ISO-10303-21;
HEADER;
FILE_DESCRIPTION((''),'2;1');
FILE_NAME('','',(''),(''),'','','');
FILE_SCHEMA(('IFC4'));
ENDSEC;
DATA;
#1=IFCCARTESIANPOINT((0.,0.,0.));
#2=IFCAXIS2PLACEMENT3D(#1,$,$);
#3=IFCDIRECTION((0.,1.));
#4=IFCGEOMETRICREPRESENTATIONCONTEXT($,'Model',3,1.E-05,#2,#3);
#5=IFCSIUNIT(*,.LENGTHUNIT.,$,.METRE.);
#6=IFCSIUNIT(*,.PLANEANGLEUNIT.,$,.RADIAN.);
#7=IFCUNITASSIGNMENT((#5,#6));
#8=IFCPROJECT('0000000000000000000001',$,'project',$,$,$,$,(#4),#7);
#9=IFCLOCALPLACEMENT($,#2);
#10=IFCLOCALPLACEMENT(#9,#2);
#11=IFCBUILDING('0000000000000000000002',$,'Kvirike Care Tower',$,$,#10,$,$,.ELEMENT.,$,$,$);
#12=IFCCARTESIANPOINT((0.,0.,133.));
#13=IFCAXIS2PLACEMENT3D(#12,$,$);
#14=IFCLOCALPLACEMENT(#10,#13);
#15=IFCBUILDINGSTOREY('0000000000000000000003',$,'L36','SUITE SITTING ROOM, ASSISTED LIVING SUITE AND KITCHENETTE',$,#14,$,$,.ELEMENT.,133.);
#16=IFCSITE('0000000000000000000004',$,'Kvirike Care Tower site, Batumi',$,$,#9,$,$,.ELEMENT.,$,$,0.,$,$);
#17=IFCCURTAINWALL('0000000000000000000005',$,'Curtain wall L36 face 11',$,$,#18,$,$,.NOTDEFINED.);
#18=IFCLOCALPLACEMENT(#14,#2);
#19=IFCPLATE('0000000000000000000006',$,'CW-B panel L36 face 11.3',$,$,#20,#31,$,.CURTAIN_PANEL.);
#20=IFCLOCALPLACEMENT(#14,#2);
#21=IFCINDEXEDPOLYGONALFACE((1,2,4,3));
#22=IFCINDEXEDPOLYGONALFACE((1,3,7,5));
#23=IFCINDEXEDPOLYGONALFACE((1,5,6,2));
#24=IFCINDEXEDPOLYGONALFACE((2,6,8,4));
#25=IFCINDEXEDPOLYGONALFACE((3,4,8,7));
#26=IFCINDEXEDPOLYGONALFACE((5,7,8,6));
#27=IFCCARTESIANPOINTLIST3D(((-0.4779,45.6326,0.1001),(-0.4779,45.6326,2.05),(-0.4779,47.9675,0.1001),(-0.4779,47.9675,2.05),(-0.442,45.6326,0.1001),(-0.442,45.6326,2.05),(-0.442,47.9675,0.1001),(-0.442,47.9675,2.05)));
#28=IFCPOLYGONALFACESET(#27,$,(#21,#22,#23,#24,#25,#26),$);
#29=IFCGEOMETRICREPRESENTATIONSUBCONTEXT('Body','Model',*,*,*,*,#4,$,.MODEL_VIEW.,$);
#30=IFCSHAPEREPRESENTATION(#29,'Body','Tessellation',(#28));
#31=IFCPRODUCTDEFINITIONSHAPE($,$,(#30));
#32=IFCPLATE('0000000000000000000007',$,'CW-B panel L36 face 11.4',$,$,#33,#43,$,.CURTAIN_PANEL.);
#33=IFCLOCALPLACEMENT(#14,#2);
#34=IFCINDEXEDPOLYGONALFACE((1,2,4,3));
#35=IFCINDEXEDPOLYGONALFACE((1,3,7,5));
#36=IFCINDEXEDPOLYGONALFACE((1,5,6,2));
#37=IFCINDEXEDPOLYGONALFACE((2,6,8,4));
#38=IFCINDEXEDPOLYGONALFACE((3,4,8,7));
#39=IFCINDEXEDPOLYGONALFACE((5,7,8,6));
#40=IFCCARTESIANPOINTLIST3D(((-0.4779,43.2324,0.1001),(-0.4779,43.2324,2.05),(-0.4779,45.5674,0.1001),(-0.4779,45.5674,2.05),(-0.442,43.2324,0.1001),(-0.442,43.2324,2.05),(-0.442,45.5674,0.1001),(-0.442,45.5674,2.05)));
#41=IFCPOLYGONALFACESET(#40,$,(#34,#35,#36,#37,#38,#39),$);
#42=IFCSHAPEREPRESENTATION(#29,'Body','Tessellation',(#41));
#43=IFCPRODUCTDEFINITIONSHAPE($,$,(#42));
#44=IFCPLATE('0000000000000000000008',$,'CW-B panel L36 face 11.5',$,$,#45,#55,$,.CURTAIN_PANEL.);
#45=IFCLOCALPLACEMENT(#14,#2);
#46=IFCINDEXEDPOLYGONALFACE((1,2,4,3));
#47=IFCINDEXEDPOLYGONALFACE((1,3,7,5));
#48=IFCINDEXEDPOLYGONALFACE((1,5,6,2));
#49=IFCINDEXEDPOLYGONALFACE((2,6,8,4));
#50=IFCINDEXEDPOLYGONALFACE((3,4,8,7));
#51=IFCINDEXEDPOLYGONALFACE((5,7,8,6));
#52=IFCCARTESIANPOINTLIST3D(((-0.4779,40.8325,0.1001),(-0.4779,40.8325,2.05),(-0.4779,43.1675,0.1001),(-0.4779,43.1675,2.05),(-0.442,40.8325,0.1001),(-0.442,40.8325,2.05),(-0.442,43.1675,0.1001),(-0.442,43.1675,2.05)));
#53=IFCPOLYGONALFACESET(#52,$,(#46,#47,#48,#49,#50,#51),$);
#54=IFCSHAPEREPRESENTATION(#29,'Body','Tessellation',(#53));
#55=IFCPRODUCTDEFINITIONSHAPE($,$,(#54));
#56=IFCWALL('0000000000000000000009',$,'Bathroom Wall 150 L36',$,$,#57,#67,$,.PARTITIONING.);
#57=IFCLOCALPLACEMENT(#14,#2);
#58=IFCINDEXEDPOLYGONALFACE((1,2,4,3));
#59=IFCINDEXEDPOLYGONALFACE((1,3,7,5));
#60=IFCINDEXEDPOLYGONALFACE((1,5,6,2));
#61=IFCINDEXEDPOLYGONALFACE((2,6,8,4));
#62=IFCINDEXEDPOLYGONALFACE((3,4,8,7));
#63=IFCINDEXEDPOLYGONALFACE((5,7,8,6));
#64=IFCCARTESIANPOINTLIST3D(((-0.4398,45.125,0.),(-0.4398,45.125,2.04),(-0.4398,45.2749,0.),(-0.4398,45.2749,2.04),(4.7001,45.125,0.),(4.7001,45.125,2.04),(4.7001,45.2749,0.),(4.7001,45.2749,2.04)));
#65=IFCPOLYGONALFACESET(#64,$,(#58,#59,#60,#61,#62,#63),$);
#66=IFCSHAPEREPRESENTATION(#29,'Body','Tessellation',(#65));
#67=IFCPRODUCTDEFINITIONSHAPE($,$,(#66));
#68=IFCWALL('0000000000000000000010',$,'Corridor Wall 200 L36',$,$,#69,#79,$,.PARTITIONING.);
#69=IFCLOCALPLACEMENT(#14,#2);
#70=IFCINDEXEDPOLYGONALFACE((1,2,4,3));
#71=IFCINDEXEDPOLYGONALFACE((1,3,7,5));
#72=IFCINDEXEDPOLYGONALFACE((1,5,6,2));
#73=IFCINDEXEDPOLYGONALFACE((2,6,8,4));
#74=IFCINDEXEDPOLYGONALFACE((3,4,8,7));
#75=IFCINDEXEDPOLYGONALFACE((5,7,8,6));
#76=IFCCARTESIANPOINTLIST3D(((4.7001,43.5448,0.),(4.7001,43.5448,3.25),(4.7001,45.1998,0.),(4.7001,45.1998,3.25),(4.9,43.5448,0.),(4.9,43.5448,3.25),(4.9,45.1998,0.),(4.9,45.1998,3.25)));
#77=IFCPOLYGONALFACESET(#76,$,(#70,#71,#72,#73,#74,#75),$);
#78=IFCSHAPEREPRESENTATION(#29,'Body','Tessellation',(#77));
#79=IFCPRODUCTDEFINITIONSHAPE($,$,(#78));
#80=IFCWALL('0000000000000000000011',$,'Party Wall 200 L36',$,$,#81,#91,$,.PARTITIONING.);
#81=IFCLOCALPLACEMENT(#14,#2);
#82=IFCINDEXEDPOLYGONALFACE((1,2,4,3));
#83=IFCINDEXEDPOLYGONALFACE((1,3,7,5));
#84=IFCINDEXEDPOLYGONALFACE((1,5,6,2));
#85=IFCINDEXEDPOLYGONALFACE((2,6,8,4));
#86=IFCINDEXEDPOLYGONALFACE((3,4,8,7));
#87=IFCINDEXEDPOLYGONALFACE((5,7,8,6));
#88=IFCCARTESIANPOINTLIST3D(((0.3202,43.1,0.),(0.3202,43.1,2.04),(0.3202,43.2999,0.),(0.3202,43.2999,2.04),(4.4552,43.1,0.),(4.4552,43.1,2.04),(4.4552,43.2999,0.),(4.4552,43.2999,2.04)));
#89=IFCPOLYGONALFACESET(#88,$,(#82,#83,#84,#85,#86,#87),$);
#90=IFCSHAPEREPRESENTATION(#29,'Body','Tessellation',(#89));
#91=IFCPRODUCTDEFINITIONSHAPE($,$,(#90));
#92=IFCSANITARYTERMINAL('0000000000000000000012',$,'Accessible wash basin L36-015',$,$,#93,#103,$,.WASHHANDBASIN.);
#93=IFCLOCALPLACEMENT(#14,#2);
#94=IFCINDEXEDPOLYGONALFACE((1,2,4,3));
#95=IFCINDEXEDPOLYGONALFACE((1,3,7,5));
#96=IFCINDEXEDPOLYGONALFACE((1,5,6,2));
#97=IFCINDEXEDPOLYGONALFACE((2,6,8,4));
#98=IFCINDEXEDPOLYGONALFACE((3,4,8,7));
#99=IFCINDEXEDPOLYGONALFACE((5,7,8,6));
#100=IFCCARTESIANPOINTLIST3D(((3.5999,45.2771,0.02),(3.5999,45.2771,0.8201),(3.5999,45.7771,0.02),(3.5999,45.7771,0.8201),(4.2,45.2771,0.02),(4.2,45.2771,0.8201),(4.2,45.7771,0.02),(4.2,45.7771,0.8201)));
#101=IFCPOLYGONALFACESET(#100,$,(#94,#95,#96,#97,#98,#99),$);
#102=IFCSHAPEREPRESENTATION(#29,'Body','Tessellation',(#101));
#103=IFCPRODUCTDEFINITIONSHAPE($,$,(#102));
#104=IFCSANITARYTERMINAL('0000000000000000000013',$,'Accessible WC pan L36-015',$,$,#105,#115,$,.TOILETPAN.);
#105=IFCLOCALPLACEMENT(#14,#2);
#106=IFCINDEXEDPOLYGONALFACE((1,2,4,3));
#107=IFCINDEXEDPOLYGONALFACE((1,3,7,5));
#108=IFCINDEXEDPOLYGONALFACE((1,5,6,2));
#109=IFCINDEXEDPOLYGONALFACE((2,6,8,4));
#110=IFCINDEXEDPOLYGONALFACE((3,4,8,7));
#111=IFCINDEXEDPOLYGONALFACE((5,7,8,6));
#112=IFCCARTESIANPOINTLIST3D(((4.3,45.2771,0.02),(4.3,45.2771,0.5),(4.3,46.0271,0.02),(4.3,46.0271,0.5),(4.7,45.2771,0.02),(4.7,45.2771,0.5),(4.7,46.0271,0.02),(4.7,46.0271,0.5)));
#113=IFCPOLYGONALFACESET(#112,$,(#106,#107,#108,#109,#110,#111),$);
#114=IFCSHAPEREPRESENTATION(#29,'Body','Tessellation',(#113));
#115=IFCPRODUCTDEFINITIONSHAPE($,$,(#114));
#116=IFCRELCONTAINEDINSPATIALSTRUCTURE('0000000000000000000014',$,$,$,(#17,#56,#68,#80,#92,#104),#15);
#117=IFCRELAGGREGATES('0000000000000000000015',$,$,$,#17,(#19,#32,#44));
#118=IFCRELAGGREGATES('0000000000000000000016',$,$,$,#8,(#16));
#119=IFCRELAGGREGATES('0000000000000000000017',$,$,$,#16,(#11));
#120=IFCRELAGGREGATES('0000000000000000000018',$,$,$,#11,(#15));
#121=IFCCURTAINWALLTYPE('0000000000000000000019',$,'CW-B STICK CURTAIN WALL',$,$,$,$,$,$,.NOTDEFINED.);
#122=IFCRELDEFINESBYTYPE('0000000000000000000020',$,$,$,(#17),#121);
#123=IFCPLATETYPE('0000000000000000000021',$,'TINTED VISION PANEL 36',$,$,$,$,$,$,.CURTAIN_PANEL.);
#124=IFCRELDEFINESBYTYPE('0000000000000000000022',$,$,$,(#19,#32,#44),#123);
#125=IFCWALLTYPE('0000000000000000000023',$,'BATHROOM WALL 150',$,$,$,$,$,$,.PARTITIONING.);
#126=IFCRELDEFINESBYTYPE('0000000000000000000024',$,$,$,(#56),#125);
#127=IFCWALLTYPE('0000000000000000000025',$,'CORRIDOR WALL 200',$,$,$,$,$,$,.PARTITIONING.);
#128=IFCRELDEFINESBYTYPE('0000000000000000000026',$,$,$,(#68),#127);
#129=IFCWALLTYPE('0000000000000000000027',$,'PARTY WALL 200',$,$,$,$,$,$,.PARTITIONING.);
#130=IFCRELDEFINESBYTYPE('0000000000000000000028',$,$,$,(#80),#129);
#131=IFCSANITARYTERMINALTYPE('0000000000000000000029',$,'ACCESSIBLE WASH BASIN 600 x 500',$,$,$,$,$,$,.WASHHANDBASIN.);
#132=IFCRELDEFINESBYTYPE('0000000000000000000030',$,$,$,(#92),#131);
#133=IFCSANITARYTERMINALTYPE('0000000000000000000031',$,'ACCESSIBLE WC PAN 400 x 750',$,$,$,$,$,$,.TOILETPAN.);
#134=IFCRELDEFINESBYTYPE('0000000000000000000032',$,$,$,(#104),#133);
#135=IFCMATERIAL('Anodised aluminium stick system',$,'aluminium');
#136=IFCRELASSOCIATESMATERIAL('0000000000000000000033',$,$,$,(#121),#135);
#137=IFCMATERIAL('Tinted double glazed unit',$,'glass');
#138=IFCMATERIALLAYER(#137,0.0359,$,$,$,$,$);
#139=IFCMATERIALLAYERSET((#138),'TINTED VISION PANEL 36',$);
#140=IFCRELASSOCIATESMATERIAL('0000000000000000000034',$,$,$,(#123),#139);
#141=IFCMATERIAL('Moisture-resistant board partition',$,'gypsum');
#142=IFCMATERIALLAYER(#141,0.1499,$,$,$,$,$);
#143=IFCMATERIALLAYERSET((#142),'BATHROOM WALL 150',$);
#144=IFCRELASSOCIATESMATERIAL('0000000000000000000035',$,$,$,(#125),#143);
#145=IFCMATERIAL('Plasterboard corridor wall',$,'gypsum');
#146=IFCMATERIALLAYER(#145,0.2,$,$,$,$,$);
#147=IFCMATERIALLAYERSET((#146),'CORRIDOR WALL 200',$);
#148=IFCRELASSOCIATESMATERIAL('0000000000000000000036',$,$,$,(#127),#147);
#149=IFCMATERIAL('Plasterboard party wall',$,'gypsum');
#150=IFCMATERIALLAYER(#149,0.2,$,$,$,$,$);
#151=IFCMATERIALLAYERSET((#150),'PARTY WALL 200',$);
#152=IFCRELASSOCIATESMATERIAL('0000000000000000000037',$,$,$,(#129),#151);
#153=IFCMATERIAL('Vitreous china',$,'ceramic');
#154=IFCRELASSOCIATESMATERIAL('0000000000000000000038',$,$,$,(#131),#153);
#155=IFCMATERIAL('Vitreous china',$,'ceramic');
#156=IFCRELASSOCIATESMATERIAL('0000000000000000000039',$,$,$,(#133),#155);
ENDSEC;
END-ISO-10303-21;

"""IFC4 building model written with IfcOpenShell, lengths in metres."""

from ifc_helpers import new_model, si_unit, direction, frame, frame_2d, origin, origin_2d, place, context, subcontext, project, spatial, rectangle, extrude, material, layer, layer_set, type_object, element, aggregate, save


model = new_model("IFC4")

# Units and contexts
model_context = context("Model", 3, precision=1e-05, world=origin(), true_north=direction((0.0, 1.0)))
body_context = subcontext(model_context, "Body", "Model", "MODEL_VIEW")
ifc_project = project(units=[si_unit("LENGTHUNIT", "METRE"), si_unit("PLANEANGLEUNIT", "RADIAN")], contexts=[model_context])

# Site, building, storey
site_placement = place(None, origin())
site = spatial("IfcSite", under=ifc_project, at=site_placement, Name="Kvirike Care Tower site, Batumi", CompositionType="ELEMENT", RefElevation=0.0)
building_placement = place(site_placement, origin())
building = spatial("IfcBuilding", under=site, at=building_placement, Name="Kvirike Care Tower", CompositionType="ELEMENT")
storey_placement = place(building_placement, frame((0.0, 0.0, 133.0)))
storey = spatial("IfcBuildingStorey", under=building, at=storey_placement, Name="L36", Description="SUITE SITTING ROOM, ASSISTED LIVING SUITE AND KITCHENETTE", CompositionType="ELEMENT", Elevation=133.0)

# Curtain wall
ifc_material_1 = material(Name="Anodised aluminium stick system", Category="aluminium")
curtain_wall_type = type_object("IfcCurtainWallType", Name="CW-B STICK CURTAIN WALL", PredefinedType="NOTDEFINED", material=ifc_material_1)
curtain_wall_placement = place(storey_placement, origin())
curtain_wall = element("IfcCurtainWall", 1, at=curtain_wall_placement, inside=storey, type_object=curtain_wall_type, Name="Curtain wall L36 face 11", PredefinedType="NOTDEFINED")

# Plates
ifc_material_2 = material(Name="Tinted double glazed unit", Category="glass")
ifc_layer_1 = layer(ifc_material_2, 0.0359)
ifc_layer_set_1 = layer_set([ifc_layer_1], Name="TINTED VISION PANEL 36")
plate_type = type_object("IfcPlateType", Name="TINTED VISION PANEL 36", PredefinedType="CURTAIN_PANEL", material=ifc_layer_set_1)
plate_1_placement = place(storey_placement, frame((-0.46, 46.8, 0.1001), z_axis=(0.0, 0.0, 1.0), x_axis=(0.0, -1.0, 0.0)))
plate_1 = element("IfcPlate", 2, at=plate_1_placement, type_object=plate_type, Name="CW-B panel L36 face 11.3", PredefinedType="CURTAIN_PANEL", context=body_context, shape_type="SweptSolid", body=[
    extrude(rectangle(XDim=2.335, YDim=0.0359, at=origin_2d()), origin(), (0.0, 0.0, 1.0), 1.95),
])
plate_2_placement = place(storey_placement, frame((-0.46, 44.3999, 0.1001), z_axis=(0.0, 0.0, 1.0), x_axis=(0.0, -1.0, 0.0)))
plate_2 = element("IfcPlate", 3, at=plate_2_placement, type_object=plate_type, Name="CW-B panel L36 face 11.4", PredefinedType="CURTAIN_PANEL", context=body_context, shape_type="SweptSolid", body=[
    extrude(rectangle(XDim=2.335, YDim=0.0359, at=origin_2d()), origin(), (0.0, 0.0, 1.0), 1.95),
])
plate_3_placement = place(storey_placement, frame((-0.46, 42.0, 0.1001), z_axis=(0.0, 0.0, 1.0), x_axis=(0.0, -1.0, 0.0)))
plate_3 = element("IfcPlate", 4, at=plate_3_placement, type_object=plate_type, Name="CW-B panel L36 face 11.5", PredefinedType="CURTAIN_PANEL", context=body_context, shape_type="SweptSolid", body=[
    extrude(rectangle(XDim=2.335, YDim=0.0359, at=origin_2d()), origin(), (0.0, 0.0, 1.0), 1.95),
])
aggregate(curtain_wall, [plate_1, plate_2, plate_3])

# Walls
ifc_material_3 = material(Name="Moisture-resistant board partition", Category="gypsum")
ifc_layer_2 = layer(ifc_material_3, 0.1499)
ifc_layer_set_2 = layer_set([ifc_layer_2], Name="BATHROOM WALL 150")
wall_type_1 = type_object("IfcWallType", Name="BATHROOM WALL 150", PredefinedType="PARTITIONING", material=ifc_layer_set_2)
wall_1_placement = place(storey_placement, frame((4.7, 45.2, 0.0), z_axis=(0.0, 0.0, 1.0), x_axis=(-1.0, 0.0, 0.0)))
element("IfcWall", 5, at=wall_1_placement, inside=storey, type_object=wall_type_1, Name="Bathroom Wall 150 L36", PredefinedType="PARTITIONING", context=body_context, shape_type="SweptSolid", body=[
    extrude(rectangle(XDim=5.1399, YDim=0.1499, at=frame_2d((2.5698, 0.0))), origin(), (0.0, 0.0, 1.0), 2.04),
])
ifc_material_4 = material(Name="Plasterboard corridor wall", Category="gypsum")
ifc_layer_3 = layer(ifc_material_4, 0.2)
ifc_layer_set_3 = layer_set([ifc_layer_3], Name="CORRIDOR WALL 200")
wall_type_2 = type_object("IfcWallType", Name="CORRIDOR WALL 200", PredefinedType="PARTITIONING", material=ifc_layer_set_3)
wall_2_placement = place(storey_placement, frame((4.8, 45.2, 0.0), z_axis=(0.0, 0.0, 1.0), x_axis=(0.0, -1.0, 0.0)))
element("IfcWall", 6, at=wall_2_placement, inside=storey, type_object=wall_type_2, Name="Corridor Wall 200 L36", PredefinedType="PARTITIONING", context=body_context, shape_type="SweptSolid", body=[
    extrude(rectangle(XDim=1.655, YDim=0.2, at=frame_2d((0.8276, 0.0))), origin(), (0.0, 0.0, 1.0), 3.25),
])
ifc_material_5 = material(Name="Plasterboard party wall", Category="gypsum")
ifc_layer_4 = layer(ifc_material_5, 0.2)
ifc_layer_set_4 = layer_set([ifc_layer_4], Name="PARTY WALL 200")
wall_type_3 = type_object("IfcWallType", Name="PARTY WALL 200", PredefinedType="PARTITIONING", material=ifc_layer_set_4)
wall_3_placement = place(storey_placement, frame((4.4551, 43.2, 0.0), z_axis=(0.0, 0.0, 1.0), x_axis=(-1.0, 0.0, 0.0)))
element("IfcWall", 7, at=wall_3_placement, inside=storey, type_object=wall_type_3, Name="Party Wall 200 L36", PredefinedType="PARTITIONING", context=body_context, shape_type="SweptSolid", body=[
    extrude(rectangle(XDim=4.135, YDim=0.2, at=frame_2d((2.0674, 0.0))), origin(), (0.0, 0.0, 1.0), 2.04),
])

# Sanitary terminals
ifc_material_6 = material(Name="Vitreous china", Category="ceramic")
sanitary_terminal_type_1 = type_object("IfcSanitaryTerminalType", Name="ACCESSIBLE WASH BASIN 600 x 500", PredefinedType="WASHHANDBASIN", material=ifc_material_6)
sanitary_terminal_1_placement = place(storey_placement, frame((3.8999, 45.5271, 0.02), z_axis=(0.0, 0.0, 1.0), x_axis=(-1.0, 0.0, 0.0)))
element("IfcSanitaryTerminal", 8, at=sanitary_terminal_1_placement, inside=storey, type_object=sanitary_terminal_type_1, Name="Accessible wash basin L36-015", PredefinedType="WASHHANDBASIN", context=body_context, shape_type="SweptSolid", body=[
    extrude(rectangle(XDim=0.6001, YDim=0.5, at=origin_2d()), origin(), (0.0, 0.0, 1.0), 0.8),
])
ifc_material_7 = material(Name="Vitreous china", Category="ceramic")
sanitary_terminal_type_2 = type_object("IfcSanitaryTerminalType", Name="ACCESSIBLE WC PAN 400 x 750", PredefinedType="TOILETPAN", material=ifc_material_7)
sanitary_terminal_2_placement = place(storey_placement, frame((4.5, 45.6521, 0.02), z_axis=(0.0, 0.0, 1.0), x_axis=(-1.0, 0.0, 0.0)))
element("IfcSanitaryTerminal", 9, at=sanitary_terminal_2_placement, inside=storey, type_object=sanitary_terminal_type_2, Name="Accessible WC pan L36-015", PredefinedType="TOILETPAN", context=body_context, shape_type="SweptSolid", body=[
    extrude(rectangle(XDim=0.3999, YDim=0.75, at=origin_2d()), origin(), (0.0, 0.0, 1.0), 0.48),
])

save(model, "model.ifc")
